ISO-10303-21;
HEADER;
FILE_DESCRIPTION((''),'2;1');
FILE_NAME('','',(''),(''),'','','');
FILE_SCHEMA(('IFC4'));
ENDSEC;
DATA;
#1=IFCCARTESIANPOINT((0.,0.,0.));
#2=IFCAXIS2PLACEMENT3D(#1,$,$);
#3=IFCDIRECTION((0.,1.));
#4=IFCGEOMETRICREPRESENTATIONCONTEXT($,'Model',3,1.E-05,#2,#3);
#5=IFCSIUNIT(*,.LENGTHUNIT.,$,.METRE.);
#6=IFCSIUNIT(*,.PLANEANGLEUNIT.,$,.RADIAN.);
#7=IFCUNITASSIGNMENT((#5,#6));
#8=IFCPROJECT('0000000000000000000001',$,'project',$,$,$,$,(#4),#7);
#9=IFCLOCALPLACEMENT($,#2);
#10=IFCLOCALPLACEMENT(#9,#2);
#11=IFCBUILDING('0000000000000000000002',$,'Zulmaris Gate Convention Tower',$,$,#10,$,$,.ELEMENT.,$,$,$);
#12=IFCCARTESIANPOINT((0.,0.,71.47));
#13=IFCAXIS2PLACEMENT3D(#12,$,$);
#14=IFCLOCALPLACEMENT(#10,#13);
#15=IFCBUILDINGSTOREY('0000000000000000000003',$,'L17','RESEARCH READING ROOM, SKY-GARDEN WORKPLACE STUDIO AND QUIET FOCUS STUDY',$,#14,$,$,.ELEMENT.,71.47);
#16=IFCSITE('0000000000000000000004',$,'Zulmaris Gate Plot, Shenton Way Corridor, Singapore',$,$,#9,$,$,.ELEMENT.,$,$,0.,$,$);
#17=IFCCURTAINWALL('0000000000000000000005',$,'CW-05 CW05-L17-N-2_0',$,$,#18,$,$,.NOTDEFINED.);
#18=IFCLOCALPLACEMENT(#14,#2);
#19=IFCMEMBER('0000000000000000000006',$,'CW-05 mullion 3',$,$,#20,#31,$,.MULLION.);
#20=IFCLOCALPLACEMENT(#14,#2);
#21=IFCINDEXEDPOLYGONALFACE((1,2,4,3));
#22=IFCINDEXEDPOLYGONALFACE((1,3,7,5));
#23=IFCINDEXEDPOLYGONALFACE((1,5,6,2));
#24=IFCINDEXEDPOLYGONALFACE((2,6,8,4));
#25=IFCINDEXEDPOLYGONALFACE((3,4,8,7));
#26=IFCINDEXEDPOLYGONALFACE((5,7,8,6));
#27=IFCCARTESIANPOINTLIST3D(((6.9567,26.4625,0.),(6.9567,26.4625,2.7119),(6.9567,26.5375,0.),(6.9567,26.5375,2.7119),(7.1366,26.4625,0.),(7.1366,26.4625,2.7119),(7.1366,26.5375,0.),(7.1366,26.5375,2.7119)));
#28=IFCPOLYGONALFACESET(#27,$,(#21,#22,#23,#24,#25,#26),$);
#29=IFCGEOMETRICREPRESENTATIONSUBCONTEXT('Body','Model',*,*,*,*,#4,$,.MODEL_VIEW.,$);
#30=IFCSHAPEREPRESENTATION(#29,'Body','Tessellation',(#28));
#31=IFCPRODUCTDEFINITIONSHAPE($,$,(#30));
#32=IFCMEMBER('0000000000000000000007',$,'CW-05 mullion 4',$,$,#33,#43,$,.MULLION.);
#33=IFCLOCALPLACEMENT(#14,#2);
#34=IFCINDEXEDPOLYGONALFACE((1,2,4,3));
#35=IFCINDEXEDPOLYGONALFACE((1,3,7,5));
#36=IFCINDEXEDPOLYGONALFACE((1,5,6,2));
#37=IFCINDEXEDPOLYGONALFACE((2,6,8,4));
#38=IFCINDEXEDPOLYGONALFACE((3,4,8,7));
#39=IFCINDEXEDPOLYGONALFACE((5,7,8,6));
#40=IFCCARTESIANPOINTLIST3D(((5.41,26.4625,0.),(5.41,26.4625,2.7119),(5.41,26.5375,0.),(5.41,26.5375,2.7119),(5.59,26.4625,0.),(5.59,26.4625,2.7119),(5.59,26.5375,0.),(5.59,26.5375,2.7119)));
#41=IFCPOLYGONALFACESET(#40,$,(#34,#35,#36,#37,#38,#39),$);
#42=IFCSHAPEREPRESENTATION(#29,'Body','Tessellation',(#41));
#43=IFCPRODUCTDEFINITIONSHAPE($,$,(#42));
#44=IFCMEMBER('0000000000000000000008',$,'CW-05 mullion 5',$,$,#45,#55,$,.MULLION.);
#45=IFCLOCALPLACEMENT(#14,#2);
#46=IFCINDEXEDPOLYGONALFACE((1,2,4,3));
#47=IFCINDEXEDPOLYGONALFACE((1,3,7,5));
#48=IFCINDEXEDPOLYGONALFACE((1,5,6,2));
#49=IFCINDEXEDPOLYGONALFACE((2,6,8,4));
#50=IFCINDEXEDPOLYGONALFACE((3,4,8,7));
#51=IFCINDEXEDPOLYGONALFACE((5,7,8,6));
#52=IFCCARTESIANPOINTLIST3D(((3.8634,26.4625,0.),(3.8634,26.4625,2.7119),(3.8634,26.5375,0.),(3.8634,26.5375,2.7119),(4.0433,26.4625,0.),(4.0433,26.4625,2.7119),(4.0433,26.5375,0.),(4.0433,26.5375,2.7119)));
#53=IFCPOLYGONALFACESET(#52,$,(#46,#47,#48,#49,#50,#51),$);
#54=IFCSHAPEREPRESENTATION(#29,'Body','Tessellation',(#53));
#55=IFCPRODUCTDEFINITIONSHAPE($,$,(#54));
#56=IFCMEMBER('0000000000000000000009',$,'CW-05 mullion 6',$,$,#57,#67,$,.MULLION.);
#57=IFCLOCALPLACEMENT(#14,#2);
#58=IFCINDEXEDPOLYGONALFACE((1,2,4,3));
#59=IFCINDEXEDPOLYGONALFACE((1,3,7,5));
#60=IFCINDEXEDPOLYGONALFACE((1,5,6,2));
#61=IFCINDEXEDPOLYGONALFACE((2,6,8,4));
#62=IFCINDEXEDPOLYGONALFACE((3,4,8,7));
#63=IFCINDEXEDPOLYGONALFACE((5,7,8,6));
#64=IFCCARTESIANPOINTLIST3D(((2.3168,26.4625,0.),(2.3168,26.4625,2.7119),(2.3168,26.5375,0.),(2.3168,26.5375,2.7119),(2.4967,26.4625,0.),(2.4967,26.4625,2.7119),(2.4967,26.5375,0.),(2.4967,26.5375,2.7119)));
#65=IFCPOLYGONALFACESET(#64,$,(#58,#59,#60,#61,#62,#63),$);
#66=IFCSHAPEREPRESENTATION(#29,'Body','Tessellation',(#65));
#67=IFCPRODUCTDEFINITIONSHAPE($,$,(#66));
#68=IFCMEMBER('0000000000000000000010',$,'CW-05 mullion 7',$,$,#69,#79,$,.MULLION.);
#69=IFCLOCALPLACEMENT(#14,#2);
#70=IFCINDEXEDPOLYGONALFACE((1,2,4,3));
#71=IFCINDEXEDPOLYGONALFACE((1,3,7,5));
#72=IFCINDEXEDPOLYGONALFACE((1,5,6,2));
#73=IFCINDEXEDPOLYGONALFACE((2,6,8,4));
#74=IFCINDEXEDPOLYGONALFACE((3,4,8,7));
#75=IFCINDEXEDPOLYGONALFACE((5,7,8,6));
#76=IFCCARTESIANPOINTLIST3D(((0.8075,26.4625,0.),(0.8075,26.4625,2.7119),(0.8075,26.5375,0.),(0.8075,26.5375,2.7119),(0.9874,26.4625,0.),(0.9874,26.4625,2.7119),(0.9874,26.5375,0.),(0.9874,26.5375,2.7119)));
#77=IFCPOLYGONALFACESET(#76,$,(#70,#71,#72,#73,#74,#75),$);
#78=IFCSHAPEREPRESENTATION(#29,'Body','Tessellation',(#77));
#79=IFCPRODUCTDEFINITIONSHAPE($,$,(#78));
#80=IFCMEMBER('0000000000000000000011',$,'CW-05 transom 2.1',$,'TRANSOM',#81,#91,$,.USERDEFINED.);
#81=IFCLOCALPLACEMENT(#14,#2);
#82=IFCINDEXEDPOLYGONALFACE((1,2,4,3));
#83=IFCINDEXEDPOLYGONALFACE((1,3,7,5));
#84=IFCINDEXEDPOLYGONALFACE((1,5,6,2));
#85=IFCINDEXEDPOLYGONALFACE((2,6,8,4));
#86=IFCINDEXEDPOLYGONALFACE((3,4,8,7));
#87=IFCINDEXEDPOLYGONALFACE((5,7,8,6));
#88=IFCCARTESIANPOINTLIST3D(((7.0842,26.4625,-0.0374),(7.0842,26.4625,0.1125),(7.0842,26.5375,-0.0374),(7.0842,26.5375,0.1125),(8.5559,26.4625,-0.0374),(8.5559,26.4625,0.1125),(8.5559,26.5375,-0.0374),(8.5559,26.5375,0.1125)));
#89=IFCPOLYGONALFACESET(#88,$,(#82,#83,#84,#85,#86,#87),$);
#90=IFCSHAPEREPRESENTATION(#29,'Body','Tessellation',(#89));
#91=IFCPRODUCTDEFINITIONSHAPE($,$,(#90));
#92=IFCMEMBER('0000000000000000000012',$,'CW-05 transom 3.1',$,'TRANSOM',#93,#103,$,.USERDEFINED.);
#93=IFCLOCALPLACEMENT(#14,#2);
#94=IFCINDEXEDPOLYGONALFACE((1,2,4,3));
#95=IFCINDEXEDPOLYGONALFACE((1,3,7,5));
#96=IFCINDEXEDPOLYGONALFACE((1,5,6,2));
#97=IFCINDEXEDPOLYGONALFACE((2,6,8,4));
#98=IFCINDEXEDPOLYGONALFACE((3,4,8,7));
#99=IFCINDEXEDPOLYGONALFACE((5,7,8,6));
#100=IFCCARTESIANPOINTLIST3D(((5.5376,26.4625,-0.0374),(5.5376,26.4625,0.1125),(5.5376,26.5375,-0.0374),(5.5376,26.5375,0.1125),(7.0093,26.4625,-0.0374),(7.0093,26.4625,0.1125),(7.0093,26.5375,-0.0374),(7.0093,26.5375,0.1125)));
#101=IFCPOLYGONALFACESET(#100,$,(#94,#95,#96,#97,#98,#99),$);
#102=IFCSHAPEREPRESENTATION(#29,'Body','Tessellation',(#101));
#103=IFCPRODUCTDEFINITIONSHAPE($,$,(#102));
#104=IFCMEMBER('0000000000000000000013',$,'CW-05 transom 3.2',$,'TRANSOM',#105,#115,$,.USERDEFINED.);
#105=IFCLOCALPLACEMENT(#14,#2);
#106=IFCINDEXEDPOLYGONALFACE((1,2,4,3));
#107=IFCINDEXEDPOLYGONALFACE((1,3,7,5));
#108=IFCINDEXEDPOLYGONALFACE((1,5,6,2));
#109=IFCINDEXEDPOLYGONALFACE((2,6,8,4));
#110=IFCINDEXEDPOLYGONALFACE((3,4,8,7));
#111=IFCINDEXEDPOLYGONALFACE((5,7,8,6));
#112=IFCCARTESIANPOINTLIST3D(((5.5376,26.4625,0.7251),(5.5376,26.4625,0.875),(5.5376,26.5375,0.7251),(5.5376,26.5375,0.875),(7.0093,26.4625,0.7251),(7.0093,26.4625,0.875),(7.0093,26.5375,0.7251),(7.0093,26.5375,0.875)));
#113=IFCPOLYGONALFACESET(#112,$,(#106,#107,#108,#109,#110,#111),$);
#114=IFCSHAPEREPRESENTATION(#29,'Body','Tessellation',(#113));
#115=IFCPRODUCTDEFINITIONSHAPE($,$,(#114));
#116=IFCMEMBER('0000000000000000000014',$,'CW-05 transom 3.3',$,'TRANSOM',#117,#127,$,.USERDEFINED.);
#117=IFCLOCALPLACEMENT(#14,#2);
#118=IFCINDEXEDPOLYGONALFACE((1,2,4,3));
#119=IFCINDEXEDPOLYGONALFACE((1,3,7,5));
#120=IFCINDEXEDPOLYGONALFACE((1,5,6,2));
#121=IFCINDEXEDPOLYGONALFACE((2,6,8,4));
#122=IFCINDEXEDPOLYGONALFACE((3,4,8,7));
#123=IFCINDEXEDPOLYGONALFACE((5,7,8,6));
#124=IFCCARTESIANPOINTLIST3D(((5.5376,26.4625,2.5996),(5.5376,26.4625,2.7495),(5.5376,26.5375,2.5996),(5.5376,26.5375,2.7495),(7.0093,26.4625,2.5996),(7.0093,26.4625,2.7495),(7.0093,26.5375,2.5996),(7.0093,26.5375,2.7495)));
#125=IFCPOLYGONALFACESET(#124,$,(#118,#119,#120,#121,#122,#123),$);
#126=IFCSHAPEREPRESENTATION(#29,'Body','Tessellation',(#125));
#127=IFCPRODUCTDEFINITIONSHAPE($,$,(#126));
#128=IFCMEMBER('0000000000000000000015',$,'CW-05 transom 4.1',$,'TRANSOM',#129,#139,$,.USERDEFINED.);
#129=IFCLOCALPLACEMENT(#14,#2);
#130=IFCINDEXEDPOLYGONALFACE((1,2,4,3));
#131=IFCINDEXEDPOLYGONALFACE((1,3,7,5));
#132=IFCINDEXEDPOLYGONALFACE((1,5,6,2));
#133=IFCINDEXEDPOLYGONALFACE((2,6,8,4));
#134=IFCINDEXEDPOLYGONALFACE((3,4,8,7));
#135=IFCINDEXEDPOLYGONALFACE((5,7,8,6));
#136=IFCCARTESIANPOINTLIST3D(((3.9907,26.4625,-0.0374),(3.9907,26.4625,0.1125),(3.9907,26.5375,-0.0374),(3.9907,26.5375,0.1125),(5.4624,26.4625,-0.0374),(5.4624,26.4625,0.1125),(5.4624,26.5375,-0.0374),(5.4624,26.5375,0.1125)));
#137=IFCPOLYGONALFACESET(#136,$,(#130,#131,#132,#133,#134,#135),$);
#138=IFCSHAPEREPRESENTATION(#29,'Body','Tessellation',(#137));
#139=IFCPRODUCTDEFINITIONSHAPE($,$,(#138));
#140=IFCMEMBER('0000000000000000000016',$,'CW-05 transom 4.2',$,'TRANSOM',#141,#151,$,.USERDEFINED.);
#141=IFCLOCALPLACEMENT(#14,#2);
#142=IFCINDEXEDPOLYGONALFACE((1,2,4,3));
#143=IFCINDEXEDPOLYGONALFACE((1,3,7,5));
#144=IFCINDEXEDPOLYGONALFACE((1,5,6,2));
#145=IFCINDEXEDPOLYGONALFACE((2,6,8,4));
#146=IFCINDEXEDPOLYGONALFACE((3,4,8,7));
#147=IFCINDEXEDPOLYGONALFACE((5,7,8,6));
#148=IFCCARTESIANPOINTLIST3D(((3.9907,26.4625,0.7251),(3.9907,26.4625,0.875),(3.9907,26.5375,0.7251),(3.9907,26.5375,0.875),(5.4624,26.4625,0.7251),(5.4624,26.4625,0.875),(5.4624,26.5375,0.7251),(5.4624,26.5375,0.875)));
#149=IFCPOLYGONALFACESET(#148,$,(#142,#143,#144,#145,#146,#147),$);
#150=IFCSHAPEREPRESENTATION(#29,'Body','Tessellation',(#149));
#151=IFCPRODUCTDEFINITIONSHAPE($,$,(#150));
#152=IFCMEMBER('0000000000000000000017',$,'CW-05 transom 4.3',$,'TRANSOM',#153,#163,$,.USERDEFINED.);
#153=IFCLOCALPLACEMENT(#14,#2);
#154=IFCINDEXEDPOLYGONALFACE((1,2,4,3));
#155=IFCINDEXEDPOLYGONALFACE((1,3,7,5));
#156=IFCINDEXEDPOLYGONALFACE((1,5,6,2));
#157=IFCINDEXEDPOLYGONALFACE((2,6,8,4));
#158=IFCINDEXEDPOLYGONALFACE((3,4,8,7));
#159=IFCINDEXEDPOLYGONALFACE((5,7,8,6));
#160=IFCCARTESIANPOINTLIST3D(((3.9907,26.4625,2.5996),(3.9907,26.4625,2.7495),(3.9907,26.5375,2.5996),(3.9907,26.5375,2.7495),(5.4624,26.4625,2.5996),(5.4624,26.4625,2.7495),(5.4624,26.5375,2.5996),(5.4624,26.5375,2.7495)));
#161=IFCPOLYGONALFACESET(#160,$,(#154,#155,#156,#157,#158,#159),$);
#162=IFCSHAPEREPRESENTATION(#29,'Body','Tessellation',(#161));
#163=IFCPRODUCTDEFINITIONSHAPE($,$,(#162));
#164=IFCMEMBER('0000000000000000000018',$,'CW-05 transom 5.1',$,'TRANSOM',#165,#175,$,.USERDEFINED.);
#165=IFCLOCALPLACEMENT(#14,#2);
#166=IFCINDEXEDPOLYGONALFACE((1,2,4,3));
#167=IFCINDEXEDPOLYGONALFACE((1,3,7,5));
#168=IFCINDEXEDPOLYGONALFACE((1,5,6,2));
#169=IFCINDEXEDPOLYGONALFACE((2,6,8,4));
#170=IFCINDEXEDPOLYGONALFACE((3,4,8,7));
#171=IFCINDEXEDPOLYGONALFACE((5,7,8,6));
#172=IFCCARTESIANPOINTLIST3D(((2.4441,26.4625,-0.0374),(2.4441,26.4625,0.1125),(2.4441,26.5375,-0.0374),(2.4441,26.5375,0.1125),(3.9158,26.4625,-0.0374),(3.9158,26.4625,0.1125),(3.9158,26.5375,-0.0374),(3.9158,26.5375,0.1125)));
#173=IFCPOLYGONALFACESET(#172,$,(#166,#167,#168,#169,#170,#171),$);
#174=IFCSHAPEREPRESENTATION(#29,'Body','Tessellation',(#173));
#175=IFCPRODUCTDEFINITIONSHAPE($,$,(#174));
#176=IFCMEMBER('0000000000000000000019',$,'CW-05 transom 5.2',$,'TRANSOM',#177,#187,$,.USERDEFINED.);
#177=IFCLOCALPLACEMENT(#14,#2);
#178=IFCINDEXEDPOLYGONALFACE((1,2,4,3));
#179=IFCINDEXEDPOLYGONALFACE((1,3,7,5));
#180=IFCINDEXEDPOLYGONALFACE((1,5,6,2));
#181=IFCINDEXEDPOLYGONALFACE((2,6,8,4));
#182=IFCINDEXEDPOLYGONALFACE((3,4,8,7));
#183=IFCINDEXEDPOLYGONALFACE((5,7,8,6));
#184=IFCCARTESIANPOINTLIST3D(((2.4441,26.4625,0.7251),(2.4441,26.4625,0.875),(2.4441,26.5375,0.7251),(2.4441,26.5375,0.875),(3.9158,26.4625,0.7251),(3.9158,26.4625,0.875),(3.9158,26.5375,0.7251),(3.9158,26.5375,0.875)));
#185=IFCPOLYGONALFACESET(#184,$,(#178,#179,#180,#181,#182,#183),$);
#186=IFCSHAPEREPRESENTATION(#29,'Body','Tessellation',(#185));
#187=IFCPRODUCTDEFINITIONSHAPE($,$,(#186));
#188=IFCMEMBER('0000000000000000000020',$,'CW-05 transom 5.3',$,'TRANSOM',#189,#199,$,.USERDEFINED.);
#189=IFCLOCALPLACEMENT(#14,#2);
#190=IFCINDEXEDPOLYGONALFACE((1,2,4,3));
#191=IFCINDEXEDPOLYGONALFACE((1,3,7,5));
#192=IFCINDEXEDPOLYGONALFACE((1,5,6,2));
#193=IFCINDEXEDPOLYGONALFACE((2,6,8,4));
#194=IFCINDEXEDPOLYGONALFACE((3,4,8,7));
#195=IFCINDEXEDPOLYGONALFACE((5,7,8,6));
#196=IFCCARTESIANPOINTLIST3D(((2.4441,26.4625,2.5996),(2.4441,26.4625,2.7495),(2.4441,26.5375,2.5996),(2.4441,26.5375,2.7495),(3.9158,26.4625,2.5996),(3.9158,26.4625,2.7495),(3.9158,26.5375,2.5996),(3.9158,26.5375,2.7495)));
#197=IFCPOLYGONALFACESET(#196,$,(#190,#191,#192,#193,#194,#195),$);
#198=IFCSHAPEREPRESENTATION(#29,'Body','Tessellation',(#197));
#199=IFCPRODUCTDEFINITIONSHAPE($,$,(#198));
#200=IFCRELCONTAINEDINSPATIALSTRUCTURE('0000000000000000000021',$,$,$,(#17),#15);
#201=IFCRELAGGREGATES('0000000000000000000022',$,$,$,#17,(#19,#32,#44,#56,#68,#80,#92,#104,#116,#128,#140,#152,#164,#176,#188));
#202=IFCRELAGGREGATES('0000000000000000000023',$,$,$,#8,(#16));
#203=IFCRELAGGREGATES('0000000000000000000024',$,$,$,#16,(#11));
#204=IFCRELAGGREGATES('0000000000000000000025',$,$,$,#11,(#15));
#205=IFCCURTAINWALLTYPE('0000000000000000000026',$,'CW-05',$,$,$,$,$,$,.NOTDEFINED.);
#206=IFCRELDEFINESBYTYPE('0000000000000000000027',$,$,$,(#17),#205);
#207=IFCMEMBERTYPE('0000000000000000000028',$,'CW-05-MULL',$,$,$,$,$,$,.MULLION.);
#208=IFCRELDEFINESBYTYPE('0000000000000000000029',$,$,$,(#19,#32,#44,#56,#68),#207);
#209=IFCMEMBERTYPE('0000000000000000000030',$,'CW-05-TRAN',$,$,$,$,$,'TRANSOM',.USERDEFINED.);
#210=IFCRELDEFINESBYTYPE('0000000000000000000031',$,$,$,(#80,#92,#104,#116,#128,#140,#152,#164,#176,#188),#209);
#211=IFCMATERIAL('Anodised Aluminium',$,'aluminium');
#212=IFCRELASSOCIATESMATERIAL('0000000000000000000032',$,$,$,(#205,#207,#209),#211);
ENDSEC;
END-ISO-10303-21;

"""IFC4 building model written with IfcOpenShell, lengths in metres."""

from ifc_helpers import new_model, si_unit, direction, frame, origin, origin_2d, place, context, subcontext, project, spatial, rectangle, extrude, material, material_profile, profile_set, type_object, element, aggregate, save


model = new_model("IFC4")

# Units and contexts
model_context = context("Model", 3, precision=1e-05, world=origin(), true_north=direction((0.0, 1.0)))
body_context = subcontext(model_context, "Body", "Model", "MODEL_VIEW")
ifc_project = project(units=[si_unit("LENGTHUNIT", "METRE"), si_unit("PLANEANGLEUNIT", "RADIAN")], contexts=[model_context])

# Site, building, storey
site_placement = place(None, origin())
site = spatial("IfcSite", under=ifc_project, at=site_placement, Name="Zulmaris Gate Plot, Shenton Way Corridor, Singapore", CompositionType="ELEMENT", RefElevation=0.0)
building_placement = place(site_placement, origin())
building = spatial("IfcBuilding", under=site, at=building_placement, Name="Zulmaris Gate Convention Tower", CompositionType="ELEMENT")
storey_placement = place(building_placement, frame((0.0, 0.0, 71.47)))
storey = spatial("IfcBuildingStorey", under=building, at=storey_placement, Name="L17", Description="RESEARCH READING ROOM, SKY-GARDEN WORKPLACE STUDIO AND QUIET FOCUS STUDY", CompositionType="ELEMENT", Elevation=71.47)

# Curtain wall, members
ifc_material_1 = material(Name="Anodised Aluminium", Category="aluminium")
curtain_wall_type = type_object("IfcCurtainWallType", Name="CW-05", PredefinedType="NOTDEFINED", material=ifc_material_1)
curtain_wall_placement = place(storey_placement, origin())
curtain_wall = element("IfcCurtainWall", 1, at=curtain_wall_placement, inside=storey, type_object=curtain_wall_type, Name="CW-05 CW05-L17-N-2_0", PredefinedType="NOTDEFINED")
ifc_material_profile_1 = material_profile(ifc_material_1, rectangle(XDim=0.075, YDim=0.1799, at=origin_2d()), Name="ALU MULLION 75x180")
ifc_profile_set_1 = profile_set([ifc_material_profile_1], Name="Anodised Aluminium")
member_type_1 = type_object("IfcMemberType", Name="CW-05-MULL", PredefinedType="MULLION", material=ifc_profile_set_1)
member_1_placement = place(storey_placement, frame((7.0466, 26.5, 0.0), z_axis=(0.0, 0.0, 1.0), x_axis=(0.0, -1.0, 0.0)))
member_1 = element("IfcMember", 2, at=member_1_placement, type_object=member_type_1, Name="CW-05 mullion 3", PredefinedType="MULLION", context=body_context, shape_type="SweptSolid", body=[
    extrude(rectangle(XDim=0.075, YDim=0.1799, at=origin_2d()), origin(), (0.0, 0.0, 1.0), 2.7119),
])
member_2_placement = place(storey_placement, frame((5.5, 26.5, 0.0), z_axis=(0.0, 0.0, 1.0), x_axis=(0.0, -1.0, 0.0)))
member_2 = element("IfcMember", 3, at=member_2_placement, type_object=member_type_1, Name="CW-05 mullion 4", PredefinedType="MULLION", context=body_context, shape_type="SweptSolid", body=[
    extrude(rectangle(XDim=0.075, YDim=0.1799, at=origin_2d()), origin(), (0.0, 0.0, 1.0), 2.7119),
])
member_3_placement = place(storey_placement, frame((3.9534, 26.5, 0.0), z_axis=(0.0, 0.0, 1.0), x_axis=(0.0, -1.0, 0.0)))
member_3 = element("IfcMember", 4, at=member_3_placement, type_object=member_type_1, Name="CW-05 mullion 5", PredefinedType="MULLION", context=body_context, shape_type="SweptSolid", body=[
    extrude(rectangle(XDim=0.075, YDim=0.1799, at=origin_2d()), origin(), (0.0, 0.0, 1.0), 2.7119),
])
member_4_placement = place(storey_placement, frame((2.4067, 26.5, 0.0), z_axis=(0.0, 0.0, 1.0), x_axis=(0.0, -1.0, 0.0)))
member_4 = element("IfcMember", 5, at=member_4_placement, type_object=member_type_1, Name="CW-05 mullion 6", PredefinedType="MULLION", context=body_context, shape_type="SweptSolid", body=[
    extrude(rectangle(XDim=0.075, YDim=0.1799, at=origin_2d()), origin(), (0.0, 0.0, 1.0), 2.7119),
])
member_5_placement = place(storey_placement, frame((0.8975, 26.5, 0.0), z_axis=(0.0, 0.0, 1.0), x_axis=(0.0, -1.0, 0.0)))
member_5 = element("IfcMember", 6, at=member_5_placement, type_object=member_type_1, Name="CW-05 mullion 7", PredefinedType="MULLION", context=body_context, shape_type="SweptSolid", body=[
    extrude(rectangle(XDim=0.075, YDim=0.1799, at=origin_2d()), origin(), (0.0, 0.0, 1.0), 2.7119),
])
ifc_material_profile_2 = material_profile(ifc_material_1, rectangle(XDim=0.075, YDim=0.1499, at=origin_2d()), Name="ALU TRANSOM 75x150")
ifc_profile_set_2 = profile_set([ifc_material_profile_2], Name="Anodised Aluminium")
member_type_2 = type_object("IfcMemberType", Name="CW-05-TRAN", ElementType="TRANSOM", PredefinedType="USERDEFINED", material=ifc_profile_set_2)
member_6_placement = place(storey_placement, frame((8.5559, 26.5, 0.0376), z_axis=(-1.0, 0.0, 0.0), x_axis=(0.0, -1.0, 0.0)))
member_6 = element("IfcMember", 7, at=member_6_placement, type_object=member_type_2, Name="CW-05 transom 2.1", ObjectType="TRANSOM", PredefinedType="USERDEFINED", context=body_context, shape_type="SweptSolid", body=[
    extrude(rectangle(XDim=0.075, YDim=0.1499, at=origin_2d()), origin(), (0.0, 0.0, 1.0), 1.4717),
])
member_7_placement = place(storey_placement, frame((7.0093, 26.5, 0.0376), z_axis=(-1.0, 0.0, 0.0), x_axis=(0.0, -1.0, 0.0)))
member_7 = element("IfcMember", 8, at=member_7_placement, type_object=member_type_2, Name="CW-05 transom 3.1", ObjectType="TRANSOM", PredefinedType="USERDEFINED", context=body_context, shape_type="SweptSolid", body=[
    extrude(rectangle(XDim=0.075, YDim=0.1499, at=origin_2d()), origin(), (0.0, 0.0, 1.0), 1.4717),
])
member_8_placement = place(storey_placement, frame((7.0093, 26.5, 0.8), z_axis=(-1.0, 0.0, 0.0), x_axis=(0.0, -1.0, 0.0)))
member_8 = element("IfcMember", 9, at=member_8_placement, type_object=member_type_2, Name="CW-05 transom 3.2", ObjectType="TRANSOM", PredefinedType="USERDEFINED", context=body_context, shape_type="SweptSolid", body=[
    extrude(rectangle(XDim=0.075, YDim=0.1499, at=origin_2d()), origin(), (0.0, 0.0, 1.0), 1.4717),
])
member_9_placement = place(storey_placement, frame((7.0093, 26.5, 2.6746), z_axis=(-1.0, 0.0, 0.0), x_axis=(0.0, -1.0, 0.0)))
member_9 = element("IfcMember", 10, at=member_9_placement, type_object=member_type_2, Name="CW-05 transom 3.3", ObjectType="TRANSOM", PredefinedType="USERDEFINED", context=body_context, shape_type="SweptSolid", body=[
    extrude(rectangle(XDim=0.075, YDim=0.1499, at=origin_2d()), origin(), (0.0, 0.0, 1.0), 1.4717),
])
member_10_placement = place(storey_placement, frame((5.4624, 26.5, 0.0376), z_axis=(-1.0, 0.0, 0.0), x_axis=(0.0, -1.0, 0.0)))
member_10 = element("IfcMember", 11, at=member_10_placement, type_object=member_type_2, Name="CW-05 transom 4.1", ObjectType="TRANSOM", PredefinedType="USERDEFINED", context=body_context, shape_type="SweptSolid", body=[
    extrude(rectangle(XDim=0.075, YDim=0.1499, at=origin_2d()), origin(), (0.0, 0.0, 1.0), 1.4717),
])
member_11_placement = place(storey_placement, frame((5.4624, 26.5, 0.8), z_axis=(-1.0, 0.0, 0.0), x_axis=(0.0, -1.0, 0.0)))
member_11 = element("IfcMember", 12, at=member_11_placement, type_object=member_type_2, Name="CW-05 transom 4.2", ObjectType="TRANSOM", PredefinedType="USERDEFINED", context=body_context, shape_type="SweptSolid", body=[
    extrude(rectangle(XDim=0.075, YDim=0.1499, at=origin_2d()), origin(), (0.0, 0.0, 1.0), 1.4717),
])
member_12_placement = place(storey_placement, frame((5.4624, 26.5, 2.6746), z_axis=(-1.0, 0.0, 0.0), x_axis=(0.0, -1.0, 0.0)))
member_12 = element("IfcMember", 13, at=member_12_placement, type_object=member_type_2, Name="CW-05 transom 4.3", ObjectType="TRANSOM", PredefinedType="USERDEFINED", context=body_context, shape_type="SweptSolid", body=[
    extrude(rectangle(XDim=0.075, YDim=0.1499, at=origin_2d()), origin(), (0.0, 0.0, 1.0), 1.4717),
])
member_13_placement = place(storey_placement, frame((3.9158, 26.5, 0.0376), z_axis=(-1.0, 0.0, 0.0), x_axis=(0.0, -1.0, 0.0)))
member_13 = element("IfcMember", 14, at=member_13_placement, type_object=member_type_2, Name="CW-05 transom 5.1", ObjectType="TRANSOM", PredefinedType="USERDEFINED", context=body_context, shape_type="SweptSolid", body=[
    extrude(rectangle(XDim=0.075, YDim=0.1499, at=origin_2d()), origin(), (0.0, 0.0, 1.0), 1.4717),
])
member_14_placement = place(storey_placement, frame((3.9158, 26.5, 0.8), z_axis=(-1.0, 0.0, 0.0), x_axis=(0.0, -1.0, 0.0)))
member_14 = element("IfcMember", 15, at=member_14_placement, type_object=member_type_2, Name="CW-05 transom 5.2", ObjectType="TRANSOM", PredefinedType="USERDEFINED", context=body_context, shape_type="SweptSolid", body=[
    extrude(rectangle(XDim=0.075, YDim=0.1499, at=origin_2d()), origin(), (0.0, 0.0, 1.0), 1.4717),
])
member_15_placement = place(storey_placement, frame((3.9158, 26.5, 2.6746), z_axis=(-1.0, 0.0, 0.0), x_axis=(0.0, -1.0, 0.0)))
member_15 = element("IfcMember", 16, at=member_15_placement, type_object=member_type_2, Name="CW-05 transom 5.3", ObjectType="TRANSOM", PredefinedType="USERDEFINED", context=body_context, shape_type="SweptSolid", body=[
    extrude(rectangle(XDim=0.075, YDim=0.1499, at=origin_2d()), origin(), (0.0, 0.0, 1.0), 1.4717),
])
aggregate(curtain_wall, [member_1, member_2, member_3, member_4, member_5, member_6, member_7, member_8, member_9, member_10, member_11, member_12, member_13, member_14, member_15])

save(model, "model.ifc")
